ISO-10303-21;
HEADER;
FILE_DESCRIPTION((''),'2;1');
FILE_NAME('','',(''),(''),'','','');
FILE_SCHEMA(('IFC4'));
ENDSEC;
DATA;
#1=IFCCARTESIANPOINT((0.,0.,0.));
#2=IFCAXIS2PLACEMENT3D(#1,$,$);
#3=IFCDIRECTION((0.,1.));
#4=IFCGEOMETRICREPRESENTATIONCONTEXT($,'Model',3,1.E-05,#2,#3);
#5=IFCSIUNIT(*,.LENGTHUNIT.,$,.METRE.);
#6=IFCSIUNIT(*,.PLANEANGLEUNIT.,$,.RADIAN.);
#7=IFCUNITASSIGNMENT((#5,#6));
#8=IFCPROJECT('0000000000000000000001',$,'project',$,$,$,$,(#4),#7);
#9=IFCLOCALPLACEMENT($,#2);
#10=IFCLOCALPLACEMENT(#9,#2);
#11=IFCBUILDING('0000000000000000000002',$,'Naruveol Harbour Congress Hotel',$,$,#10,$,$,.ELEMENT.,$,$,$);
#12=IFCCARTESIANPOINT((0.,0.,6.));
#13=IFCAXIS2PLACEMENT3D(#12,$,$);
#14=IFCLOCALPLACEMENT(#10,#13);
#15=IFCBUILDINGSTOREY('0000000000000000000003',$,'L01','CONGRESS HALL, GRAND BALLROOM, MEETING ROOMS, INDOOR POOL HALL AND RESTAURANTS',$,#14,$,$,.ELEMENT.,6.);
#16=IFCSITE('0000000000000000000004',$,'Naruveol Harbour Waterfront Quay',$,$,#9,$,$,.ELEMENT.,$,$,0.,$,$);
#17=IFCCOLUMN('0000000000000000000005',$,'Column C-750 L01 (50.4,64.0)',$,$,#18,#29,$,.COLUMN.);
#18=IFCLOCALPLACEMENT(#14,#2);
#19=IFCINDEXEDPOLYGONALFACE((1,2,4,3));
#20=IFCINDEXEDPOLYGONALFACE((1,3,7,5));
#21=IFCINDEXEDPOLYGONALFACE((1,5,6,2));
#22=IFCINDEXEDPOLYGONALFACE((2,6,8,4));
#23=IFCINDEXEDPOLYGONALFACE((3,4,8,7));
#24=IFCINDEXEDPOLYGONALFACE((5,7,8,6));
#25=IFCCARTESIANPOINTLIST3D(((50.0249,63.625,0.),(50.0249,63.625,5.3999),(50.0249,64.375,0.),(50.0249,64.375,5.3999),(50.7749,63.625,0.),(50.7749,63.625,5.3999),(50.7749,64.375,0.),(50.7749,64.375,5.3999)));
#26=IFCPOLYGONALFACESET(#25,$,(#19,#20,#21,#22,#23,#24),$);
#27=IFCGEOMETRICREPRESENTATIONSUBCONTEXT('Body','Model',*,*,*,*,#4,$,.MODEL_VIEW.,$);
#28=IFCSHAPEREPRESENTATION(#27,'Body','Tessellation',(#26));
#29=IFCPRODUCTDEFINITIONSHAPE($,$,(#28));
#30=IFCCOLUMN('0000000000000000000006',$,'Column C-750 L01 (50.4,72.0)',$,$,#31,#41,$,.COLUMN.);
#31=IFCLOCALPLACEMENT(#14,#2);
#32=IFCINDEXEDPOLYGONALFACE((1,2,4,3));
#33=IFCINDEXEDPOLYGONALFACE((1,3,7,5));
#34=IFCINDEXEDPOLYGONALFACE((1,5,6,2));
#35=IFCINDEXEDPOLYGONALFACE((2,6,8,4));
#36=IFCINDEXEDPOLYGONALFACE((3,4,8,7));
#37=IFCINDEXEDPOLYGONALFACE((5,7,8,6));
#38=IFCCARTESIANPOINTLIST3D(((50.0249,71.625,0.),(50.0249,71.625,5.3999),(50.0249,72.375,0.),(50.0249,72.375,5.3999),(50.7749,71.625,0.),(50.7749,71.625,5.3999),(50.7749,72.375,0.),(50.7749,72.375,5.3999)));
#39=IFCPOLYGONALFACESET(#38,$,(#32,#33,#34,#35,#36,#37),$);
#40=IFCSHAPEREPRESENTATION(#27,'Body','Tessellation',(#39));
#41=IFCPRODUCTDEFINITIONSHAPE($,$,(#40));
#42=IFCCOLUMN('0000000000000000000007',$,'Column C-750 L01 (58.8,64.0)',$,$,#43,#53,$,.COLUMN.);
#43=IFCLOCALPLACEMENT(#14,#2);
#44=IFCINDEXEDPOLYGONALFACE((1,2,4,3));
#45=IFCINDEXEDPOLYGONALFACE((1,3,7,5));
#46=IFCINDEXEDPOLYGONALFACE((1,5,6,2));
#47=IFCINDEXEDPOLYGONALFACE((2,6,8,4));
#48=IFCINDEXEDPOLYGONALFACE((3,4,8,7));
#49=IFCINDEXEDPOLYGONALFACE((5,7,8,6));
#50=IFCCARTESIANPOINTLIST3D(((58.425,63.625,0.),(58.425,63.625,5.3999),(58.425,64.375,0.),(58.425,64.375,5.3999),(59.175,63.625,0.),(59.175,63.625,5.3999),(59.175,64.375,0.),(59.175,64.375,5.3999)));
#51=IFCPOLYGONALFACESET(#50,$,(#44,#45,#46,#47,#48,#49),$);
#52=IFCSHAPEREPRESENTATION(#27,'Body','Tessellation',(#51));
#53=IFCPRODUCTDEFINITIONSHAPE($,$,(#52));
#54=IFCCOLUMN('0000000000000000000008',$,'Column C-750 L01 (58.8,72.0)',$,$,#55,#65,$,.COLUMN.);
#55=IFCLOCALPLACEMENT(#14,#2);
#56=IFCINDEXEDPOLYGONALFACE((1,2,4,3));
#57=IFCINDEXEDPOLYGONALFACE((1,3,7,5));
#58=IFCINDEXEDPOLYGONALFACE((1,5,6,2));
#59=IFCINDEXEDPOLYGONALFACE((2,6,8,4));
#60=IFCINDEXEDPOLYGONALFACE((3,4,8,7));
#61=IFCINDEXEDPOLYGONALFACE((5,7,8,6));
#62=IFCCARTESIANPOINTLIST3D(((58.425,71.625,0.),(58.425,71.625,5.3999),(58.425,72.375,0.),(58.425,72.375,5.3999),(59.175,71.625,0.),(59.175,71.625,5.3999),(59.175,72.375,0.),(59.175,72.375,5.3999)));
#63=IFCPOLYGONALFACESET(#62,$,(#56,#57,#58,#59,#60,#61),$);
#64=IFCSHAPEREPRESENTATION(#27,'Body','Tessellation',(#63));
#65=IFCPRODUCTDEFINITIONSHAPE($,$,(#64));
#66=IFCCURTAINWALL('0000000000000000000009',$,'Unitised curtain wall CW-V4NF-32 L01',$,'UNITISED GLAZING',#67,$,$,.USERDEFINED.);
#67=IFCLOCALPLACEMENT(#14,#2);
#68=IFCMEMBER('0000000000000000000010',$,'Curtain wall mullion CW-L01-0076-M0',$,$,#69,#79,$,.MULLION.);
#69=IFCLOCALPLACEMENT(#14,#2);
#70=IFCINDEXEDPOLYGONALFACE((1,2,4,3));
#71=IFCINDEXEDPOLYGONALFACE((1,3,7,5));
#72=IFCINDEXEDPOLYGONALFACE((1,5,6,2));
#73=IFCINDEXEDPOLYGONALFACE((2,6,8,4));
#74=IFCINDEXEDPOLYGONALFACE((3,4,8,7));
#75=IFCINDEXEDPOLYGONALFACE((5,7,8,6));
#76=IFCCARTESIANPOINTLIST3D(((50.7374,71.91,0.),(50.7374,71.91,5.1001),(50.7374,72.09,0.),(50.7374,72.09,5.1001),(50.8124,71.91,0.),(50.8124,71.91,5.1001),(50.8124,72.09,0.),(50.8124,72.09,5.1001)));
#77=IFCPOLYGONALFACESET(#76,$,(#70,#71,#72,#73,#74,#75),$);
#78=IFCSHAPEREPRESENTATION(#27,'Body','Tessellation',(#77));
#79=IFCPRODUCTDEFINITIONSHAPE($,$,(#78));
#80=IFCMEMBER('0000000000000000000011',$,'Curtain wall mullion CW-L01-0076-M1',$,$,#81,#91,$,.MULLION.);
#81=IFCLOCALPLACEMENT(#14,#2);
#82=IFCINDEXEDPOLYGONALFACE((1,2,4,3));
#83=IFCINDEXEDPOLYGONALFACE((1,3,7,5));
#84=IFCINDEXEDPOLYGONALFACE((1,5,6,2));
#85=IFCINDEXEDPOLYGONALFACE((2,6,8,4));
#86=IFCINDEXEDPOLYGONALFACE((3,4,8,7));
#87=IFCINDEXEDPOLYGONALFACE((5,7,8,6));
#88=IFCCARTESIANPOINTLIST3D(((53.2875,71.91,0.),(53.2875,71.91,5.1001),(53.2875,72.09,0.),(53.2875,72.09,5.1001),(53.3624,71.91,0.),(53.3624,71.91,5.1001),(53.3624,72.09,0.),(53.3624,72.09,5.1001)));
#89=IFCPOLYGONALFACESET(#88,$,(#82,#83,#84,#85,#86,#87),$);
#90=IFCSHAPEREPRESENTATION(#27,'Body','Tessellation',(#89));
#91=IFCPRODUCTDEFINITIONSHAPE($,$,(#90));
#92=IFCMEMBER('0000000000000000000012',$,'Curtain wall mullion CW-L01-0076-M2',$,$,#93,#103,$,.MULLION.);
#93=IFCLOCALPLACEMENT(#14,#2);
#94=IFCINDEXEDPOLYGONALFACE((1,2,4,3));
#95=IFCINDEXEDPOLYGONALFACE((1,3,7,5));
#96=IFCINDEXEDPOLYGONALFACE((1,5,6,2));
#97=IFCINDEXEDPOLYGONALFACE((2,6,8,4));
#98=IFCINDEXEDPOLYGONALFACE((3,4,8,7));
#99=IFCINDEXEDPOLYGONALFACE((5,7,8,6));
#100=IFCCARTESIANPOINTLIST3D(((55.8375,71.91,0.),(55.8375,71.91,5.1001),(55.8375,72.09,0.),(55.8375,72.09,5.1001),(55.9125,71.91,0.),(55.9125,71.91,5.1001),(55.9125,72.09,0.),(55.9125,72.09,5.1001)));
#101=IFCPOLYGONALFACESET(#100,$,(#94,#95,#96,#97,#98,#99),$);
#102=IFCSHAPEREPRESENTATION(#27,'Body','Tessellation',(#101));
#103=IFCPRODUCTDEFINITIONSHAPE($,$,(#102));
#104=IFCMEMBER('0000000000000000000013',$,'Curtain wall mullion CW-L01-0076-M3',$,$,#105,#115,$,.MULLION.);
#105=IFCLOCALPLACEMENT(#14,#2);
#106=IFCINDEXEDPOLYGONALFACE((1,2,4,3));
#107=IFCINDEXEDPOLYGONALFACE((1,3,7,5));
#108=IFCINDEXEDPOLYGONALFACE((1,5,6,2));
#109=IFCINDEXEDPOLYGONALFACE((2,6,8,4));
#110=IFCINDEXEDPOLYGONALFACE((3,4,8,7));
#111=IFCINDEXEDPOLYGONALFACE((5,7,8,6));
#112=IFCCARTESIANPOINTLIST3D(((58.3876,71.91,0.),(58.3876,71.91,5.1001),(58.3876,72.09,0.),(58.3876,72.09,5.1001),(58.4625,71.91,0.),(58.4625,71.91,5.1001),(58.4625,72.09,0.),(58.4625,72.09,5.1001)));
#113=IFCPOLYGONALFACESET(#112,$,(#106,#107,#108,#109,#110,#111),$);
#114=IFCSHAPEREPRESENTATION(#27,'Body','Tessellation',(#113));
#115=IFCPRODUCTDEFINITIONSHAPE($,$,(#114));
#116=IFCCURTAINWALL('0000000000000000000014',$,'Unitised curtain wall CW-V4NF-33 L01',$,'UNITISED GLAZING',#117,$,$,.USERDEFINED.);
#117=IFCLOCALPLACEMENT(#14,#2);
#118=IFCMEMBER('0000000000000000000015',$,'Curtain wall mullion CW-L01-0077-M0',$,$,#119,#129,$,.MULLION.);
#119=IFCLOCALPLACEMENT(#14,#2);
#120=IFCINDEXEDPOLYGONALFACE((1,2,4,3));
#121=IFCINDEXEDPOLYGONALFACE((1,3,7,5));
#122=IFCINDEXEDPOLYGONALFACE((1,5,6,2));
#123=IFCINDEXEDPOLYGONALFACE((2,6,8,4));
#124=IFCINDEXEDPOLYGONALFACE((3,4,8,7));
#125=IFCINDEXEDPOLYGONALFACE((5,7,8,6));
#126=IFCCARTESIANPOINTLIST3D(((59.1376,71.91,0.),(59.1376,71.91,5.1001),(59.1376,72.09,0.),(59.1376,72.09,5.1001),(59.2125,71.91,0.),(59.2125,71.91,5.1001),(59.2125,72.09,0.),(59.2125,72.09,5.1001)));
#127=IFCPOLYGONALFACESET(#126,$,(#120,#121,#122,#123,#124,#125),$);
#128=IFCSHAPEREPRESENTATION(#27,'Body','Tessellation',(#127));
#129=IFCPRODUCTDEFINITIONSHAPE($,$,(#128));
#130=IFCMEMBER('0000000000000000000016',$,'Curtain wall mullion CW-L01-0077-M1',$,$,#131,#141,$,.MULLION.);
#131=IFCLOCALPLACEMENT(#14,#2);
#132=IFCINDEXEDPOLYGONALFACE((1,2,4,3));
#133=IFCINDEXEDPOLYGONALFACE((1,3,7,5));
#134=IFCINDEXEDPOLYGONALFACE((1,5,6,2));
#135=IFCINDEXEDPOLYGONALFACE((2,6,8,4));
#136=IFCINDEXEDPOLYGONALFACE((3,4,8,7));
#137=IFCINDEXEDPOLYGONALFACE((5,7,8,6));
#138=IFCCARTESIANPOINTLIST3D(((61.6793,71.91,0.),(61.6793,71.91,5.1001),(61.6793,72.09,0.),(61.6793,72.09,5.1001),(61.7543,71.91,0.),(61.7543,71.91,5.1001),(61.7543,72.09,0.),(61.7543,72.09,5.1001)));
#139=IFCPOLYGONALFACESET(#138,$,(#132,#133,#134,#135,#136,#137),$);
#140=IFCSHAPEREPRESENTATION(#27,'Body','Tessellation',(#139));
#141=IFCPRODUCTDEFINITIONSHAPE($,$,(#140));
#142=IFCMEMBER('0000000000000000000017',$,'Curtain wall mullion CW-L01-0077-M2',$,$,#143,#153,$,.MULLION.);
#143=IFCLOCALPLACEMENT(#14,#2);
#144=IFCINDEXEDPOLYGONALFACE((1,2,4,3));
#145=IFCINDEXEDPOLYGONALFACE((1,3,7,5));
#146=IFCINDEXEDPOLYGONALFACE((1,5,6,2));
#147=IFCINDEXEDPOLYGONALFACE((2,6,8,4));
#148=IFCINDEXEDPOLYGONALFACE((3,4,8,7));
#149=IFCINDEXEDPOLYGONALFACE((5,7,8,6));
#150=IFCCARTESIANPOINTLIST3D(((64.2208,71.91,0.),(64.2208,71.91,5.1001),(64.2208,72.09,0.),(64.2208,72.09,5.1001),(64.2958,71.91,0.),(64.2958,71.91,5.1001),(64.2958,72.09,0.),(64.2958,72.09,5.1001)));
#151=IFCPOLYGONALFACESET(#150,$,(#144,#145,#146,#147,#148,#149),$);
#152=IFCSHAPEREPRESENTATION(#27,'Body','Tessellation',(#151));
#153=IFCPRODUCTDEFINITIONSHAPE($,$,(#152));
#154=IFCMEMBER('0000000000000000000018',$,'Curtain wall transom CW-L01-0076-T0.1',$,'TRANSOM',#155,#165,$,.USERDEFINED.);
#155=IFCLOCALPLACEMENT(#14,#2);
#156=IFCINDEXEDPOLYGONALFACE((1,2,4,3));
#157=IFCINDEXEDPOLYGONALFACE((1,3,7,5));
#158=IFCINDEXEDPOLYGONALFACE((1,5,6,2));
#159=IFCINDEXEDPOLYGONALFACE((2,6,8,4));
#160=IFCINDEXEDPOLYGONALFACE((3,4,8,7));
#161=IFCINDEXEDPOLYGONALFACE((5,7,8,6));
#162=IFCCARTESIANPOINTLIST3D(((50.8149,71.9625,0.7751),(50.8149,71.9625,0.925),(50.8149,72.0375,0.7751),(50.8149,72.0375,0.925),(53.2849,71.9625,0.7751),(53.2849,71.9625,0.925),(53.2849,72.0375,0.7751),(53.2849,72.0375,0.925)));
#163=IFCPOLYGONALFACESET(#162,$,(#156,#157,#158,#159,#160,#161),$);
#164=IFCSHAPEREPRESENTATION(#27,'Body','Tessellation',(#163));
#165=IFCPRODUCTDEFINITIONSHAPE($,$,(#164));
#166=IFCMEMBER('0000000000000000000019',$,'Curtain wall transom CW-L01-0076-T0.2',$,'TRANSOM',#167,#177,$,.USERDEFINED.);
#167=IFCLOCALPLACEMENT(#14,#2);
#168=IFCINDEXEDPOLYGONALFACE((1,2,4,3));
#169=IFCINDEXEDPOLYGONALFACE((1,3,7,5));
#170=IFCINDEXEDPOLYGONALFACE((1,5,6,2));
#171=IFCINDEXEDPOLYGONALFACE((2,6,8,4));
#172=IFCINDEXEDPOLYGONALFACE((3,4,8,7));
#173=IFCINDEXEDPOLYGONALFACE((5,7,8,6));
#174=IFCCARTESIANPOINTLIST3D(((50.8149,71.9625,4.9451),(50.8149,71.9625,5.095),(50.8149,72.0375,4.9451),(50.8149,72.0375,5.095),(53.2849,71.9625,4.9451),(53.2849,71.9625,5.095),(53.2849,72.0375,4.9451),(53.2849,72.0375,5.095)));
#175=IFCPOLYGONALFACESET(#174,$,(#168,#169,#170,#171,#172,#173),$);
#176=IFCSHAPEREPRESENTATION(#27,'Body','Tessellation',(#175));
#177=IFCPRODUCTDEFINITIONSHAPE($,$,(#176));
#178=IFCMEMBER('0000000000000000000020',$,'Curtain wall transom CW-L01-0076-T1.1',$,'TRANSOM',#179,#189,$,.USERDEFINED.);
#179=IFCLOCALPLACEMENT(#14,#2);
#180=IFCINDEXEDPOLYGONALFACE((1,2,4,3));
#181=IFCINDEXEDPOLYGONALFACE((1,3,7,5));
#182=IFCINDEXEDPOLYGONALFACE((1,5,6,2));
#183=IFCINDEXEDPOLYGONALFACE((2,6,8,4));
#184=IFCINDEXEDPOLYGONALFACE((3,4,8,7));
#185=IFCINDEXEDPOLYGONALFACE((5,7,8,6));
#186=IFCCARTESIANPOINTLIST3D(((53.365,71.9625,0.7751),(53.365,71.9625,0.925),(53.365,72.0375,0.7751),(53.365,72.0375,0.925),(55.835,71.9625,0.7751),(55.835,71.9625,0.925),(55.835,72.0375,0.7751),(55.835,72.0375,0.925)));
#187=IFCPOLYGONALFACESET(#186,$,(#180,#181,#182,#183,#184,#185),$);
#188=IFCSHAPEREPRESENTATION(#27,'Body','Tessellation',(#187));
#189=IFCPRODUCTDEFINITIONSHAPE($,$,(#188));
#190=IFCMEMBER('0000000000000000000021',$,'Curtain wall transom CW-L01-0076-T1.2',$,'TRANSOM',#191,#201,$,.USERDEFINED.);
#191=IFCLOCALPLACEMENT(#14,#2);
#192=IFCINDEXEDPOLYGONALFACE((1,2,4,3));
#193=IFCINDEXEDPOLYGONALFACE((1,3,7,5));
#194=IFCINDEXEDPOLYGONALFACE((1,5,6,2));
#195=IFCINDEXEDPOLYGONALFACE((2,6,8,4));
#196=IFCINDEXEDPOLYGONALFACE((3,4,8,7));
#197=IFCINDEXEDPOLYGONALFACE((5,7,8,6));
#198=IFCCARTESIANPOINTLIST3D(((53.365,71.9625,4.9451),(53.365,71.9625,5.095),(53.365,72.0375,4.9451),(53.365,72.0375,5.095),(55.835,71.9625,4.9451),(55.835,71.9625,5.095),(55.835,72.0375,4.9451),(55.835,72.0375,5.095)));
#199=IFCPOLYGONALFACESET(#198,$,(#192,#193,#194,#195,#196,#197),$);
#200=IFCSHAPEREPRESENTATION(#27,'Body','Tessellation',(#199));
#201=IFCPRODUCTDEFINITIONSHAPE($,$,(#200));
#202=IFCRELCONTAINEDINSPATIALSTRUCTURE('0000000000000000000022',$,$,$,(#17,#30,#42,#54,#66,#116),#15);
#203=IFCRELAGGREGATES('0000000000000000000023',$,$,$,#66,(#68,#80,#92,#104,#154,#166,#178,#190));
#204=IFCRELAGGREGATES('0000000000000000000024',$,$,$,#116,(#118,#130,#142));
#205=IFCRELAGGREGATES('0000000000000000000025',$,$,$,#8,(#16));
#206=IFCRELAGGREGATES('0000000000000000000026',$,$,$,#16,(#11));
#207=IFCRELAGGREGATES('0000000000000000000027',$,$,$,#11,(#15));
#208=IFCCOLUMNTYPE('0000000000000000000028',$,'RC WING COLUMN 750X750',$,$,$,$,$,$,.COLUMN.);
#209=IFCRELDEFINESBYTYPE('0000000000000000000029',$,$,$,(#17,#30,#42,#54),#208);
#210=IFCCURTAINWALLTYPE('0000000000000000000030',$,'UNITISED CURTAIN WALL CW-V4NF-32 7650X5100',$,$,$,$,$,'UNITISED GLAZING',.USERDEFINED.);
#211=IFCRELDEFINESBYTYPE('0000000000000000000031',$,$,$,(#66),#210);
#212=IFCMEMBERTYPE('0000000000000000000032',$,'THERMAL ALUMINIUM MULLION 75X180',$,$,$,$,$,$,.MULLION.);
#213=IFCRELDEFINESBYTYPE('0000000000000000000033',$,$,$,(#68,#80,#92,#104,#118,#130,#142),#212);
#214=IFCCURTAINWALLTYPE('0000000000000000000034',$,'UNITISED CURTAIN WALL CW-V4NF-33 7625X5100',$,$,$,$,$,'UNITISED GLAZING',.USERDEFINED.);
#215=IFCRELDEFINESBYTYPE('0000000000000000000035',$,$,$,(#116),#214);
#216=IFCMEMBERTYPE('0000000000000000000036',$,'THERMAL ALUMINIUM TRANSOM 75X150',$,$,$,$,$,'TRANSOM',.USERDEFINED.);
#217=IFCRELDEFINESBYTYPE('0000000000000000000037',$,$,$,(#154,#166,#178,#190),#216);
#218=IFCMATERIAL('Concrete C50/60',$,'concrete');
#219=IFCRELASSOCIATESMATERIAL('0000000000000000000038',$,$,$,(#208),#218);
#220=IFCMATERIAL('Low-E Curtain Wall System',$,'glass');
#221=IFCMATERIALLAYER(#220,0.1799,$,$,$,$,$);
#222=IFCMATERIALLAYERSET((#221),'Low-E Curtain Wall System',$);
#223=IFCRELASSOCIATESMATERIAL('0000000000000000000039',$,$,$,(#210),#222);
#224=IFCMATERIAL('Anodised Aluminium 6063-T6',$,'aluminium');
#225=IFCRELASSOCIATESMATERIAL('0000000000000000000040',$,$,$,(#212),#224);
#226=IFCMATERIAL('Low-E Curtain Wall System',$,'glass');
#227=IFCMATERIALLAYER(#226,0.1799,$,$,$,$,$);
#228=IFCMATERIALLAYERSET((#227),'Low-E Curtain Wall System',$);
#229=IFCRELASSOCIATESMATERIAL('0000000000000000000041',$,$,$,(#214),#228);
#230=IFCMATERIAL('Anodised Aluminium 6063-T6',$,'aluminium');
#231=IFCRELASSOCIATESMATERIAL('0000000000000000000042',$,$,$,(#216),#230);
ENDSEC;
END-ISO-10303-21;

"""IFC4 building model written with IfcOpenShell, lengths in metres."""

from ifc_helpers import new_model, si_unit, direction, frame, origin, origin_2d, place, context, subcontext, project, spatial, rectangle, extrude, material, layer, layer_set, material_profile, profile_set, type_object, element, aggregate, save


model = new_model("IFC4")

# Units and contexts
model_context = context("Model", 3, precision=1e-05, world=origin(), true_north=direction((0.0, 1.0)))
body_context = subcontext(model_context, "Body", "Model", "MODEL_VIEW")
ifc_project = project(units=[si_unit("LENGTHUNIT", "METRE"), si_unit("PLANEANGLEUNIT", "RADIAN")], contexts=[model_context])

# Site, building, storey
site_placement = place(None, origin())
site = spatial("IfcSite", under=ifc_project, at=site_placement, Name="Naruveol Harbour Waterfront Quay", CompositionType="ELEMENT", RefElevation=0.0)
building_placement = place(site_placement, origin())
building = spatial("IfcBuilding", under=site, at=building_placement, Name="Naruveol Harbour Congress Hotel", CompositionType="ELEMENT")
storey_placement = place(building_placement, frame((0.0, 0.0, 6.0)))
storey = spatial("IfcBuildingStorey", under=building, at=storey_placement, Name="L01", Description="CONGRESS HALL, GRAND BALLROOM, MEETING ROOMS, INDOOR POOL HALL AND RESTAURANTS", CompositionType="ELEMENT", Elevation=6.0)

# Columns
ifc_material_1 = material(Name="Concrete C50/60", Category="concrete")
ifc_material_profile_1 = material_profile(ifc_material_1, rectangle(XDim=0.75, YDim=0.75, at=origin_2d()), Name="RC-750x750")
ifc_profile_set_1 = profile_set([ifc_material_profile_1], Name="Concrete C50/60")
column_type = type_object("IfcColumnType", Name="RC WING COLUMN 750X750", PredefinedType="COLUMN", material=ifc_profile_set_1)
for number, where, z_axis, x_axis, name in (
    (1, (50.3999, 64.0, 0.0), (0.0, 0.0, 1.0), (1.0, 0.0, 0.0), "Column C-750 L01 (50.4,64.0)"),
    (2, (50.3999, 72.0, 0.0), (0.0, 0.0, 1.0), (1.0, 0.0, 0.0), "Column C-750 L01 (50.4,72.0)"),
    (3, (58.8, 64.0, 0.0), (0.0, 0.0, 1.0), (1.0, 0.0, 0.0), "Column C-750 L01 (58.8,64.0)"),
    (4, (58.8, 72.0, 0.0), (0.0, 0.0, 1.0), (1.0, 0.0, 0.0), "Column C-750 L01 (58.8,72.0)"),
):
    element("IfcColumn", number, at=place(storey_placement, frame(where, z_axis=z_axis, x_axis=x_axis)), inside=storey, type_object=column_type, Name=name, PredefinedType="COLUMN", context=body_context, shape_type="SweptSolid", body=[
        extrude(rectangle(XDim=0.75, YDim=0.75, at=origin_2d()), origin(), (0.0, 0.0, 1.0), 5.3999),
    ])

# Curtain walls, members
ifc_material_2 = material(Name="Low-E Curtain Wall System", Category="glass")
ifc_layer_1 = layer(ifc_material_2, 0.1799)
ifc_layer_set_1 = layer_set([ifc_layer_1], Name="Low-E Curtain Wall System")
curtain_wall_type_1 = type_object("IfcCurtainWallType", Name="UNITISED CURTAIN WALL CW-V4NF-32 7650X5100", ElementType="UNITISED GLAZING", PredefinedType="USERDEFINED", material=ifc_layer_set_1)
curtain_wall_1_placement = place(storey_placement, origin())
curtain_wall_1 = element("IfcCurtainWall", 5, at=curtain_wall_1_placement, inside=storey, type_object=curtain_wall_type_1, Name="Unitised curtain wall CW-V4NF-32 L01", ObjectType="UNITISED GLAZING", PredefinedType="USERDEFINED")
ifc_material_3 = material(Name="Anodised Aluminium 6063-T6", Category="aluminium")
ifc_material_profile_2 = material_profile(ifc_material_3, rectangle(XDim=0.075, YDim=0.1799, at=origin_2d()), Name="ALU-75x180")
ifc_profile_set_2 = profile_set([ifc_material_profile_2], Name="Anodised Aluminium 6063-T6")
member_type_1 = type_object("IfcMemberType", Name="THERMAL ALUMINIUM MULLION 75X180", PredefinedType="MULLION", material=ifc_profile_set_2)
member_1_placement = place(storey_placement, frame((50.7749, 72.0, 0.0), z_axis=(0.0, 0.0, 1.0), x_axis=(1.0, 0.0, 0.0)))
member_1 = element("IfcMember", 6, at=member_1_placement, type_object=member_type_1, Name="Curtain wall mullion CW-L01-0076-M0", PredefinedType="MULLION", context=body_context, shape_type="SweptSolid", body=[
    extrude(rectangle(XDim=0.075, YDim=0.1799, at=origin_2d()), origin(), (0.0, 0.0, 1.0), 5.1001),
])
member_2_placement = place(storey_placement, frame((53.325, 72.0, 0.0), z_axis=(0.0, 0.0, 1.0), x_axis=(1.0, 0.0, 0.0)))
member_2 = element("IfcMember", 7, at=member_2_placement, type_object=member_type_1, Name="Curtain wall mullion CW-L01-0076-M1", PredefinedType="MULLION", context=body_context, shape_type="SweptSolid", body=[
    extrude(rectangle(XDim=0.075, YDim=0.1799, at=origin_2d()), origin(), (0.0, 0.0, 1.0), 5.1001),
])
member_3_placement = place(storey_placement, frame((55.875, 72.0, 0.0), z_axis=(0.0, 0.0, 1.0), x_axis=(1.0, 0.0, 0.0)))
member_3 = element("IfcMember", 8, at=member_3_placement, type_object=member_type_1, Name="Curtain wall mullion CW-L01-0076-M2", PredefinedType="MULLION", context=body_context, shape_type="SweptSolid", body=[
    extrude(rectangle(XDim=0.075, YDim=0.1799, at=origin_2d()), origin(), (0.0, 0.0, 1.0), 5.1001),
])
member_4_placement = place(storey_placement, frame((58.425, 72.0, 0.0), z_axis=(0.0, 0.0, 1.0), x_axis=(1.0, 0.0, 0.0)))
member_4 = element("IfcMember", 9, at=member_4_placement, type_object=member_type_1, Name="Curtain wall mullion CW-L01-0076-M3", PredefinedType="MULLION", context=body_context, shape_type="SweptSolid", body=[
    extrude(rectangle(XDim=0.075, YDim=0.1799, at=origin_2d()), origin(), (0.0, 0.0, 1.0), 5.1001),
])
ifc_material_4 = material(Name="Low-E Curtain Wall System", Category="glass")
ifc_layer_2 = layer(ifc_material_4, 0.1799)
ifc_layer_set_2 = layer_set([ifc_layer_2], Name="Low-E Curtain Wall System")
curtain_wall_type_2 = type_object("IfcCurtainWallType", Name="UNITISED CURTAIN WALL CW-V4NF-33 7625X5100", ElementType="UNITISED GLAZING", PredefinedType="USERDEFINED", material=ifc_layer_set_2)
curtain_wall_2_placement = place(storey_placement, origin())
curtain_wall_2 = element("IfcCurtainWall", 10, at=curtain_wall_2_placement, inside=storey, type_object=curtain_wall_type_2, Name="Unitised curtain wall CW-V4NF-33 L01", ObjectType="UNITISED GLAZING", PredefinedType="USERDEFINED")
member_5_placement = place(storey_placement, frame((59.175, 72.0, 0.0), z_axis=(0.0, 0.0, 1.0), x_axis=(1.0, 0.0, 0.0)))
member_5 = element("IfcMember", 11, at=member_5_placement, type_object=member_type_1, Name="Curtain wall mullion CW-L01-0077-M0", PredefinedType="MULLION", context=body_context, shape_type="SweptSolid", body=[
    extrude(rectangle(XDim=0.075, YDim=0.1799, at=origin_2d()), origin(), (0.0, 0.0, 1.0), 5.1001),
])
member_6_placement = place(storey_placement, frame((61.7168, 72.0, 0.0), z_axis=(0.0, 0.0, 1.0), x_axis=(1.0, 0.0, 0.0)))
member_6 = element("IfcMember", 12, at=member_6_placement, type_object=member_type_1, Name="Curtain wall mullion CW-L01-0077-M1", PredefinedType="MULLION", context=body_context, shape_type="SweptSolid", body=[
    extrude(rectangle(XDim=0.075, YDim=0.1799, at=origin_2d()), origin(), (0.0, 0.0, 1.0), 5.1001),
])
member_7_placement = place(storey_placement, frame((64.2583, 72.0, 0.0), z_axis=(0.0, 0.0, 1.0), x_axis=(1.0, 0.0, 0.0)))
member_7 = element("IfcMember", 13, at=member_7_placement, type_object=member_type_1, Name="Curtain wall mullion CW-L01-0077-M2", PredefinedType="MULLION", context=body_context, shape_type="SweptSolid", body=[
    extrude(rectangle(XDim=0.075, YDim=0.1799, at=origin_2d()), origin(), (0.0, 0.0, 1.0), 5.1001),
])

# Members
ifc_material_5 = material(Name="Anodised Aluminium 6063-T6", Category="aluminium")
ifc_material_profile_3 = material_profile(ifc_material_5, rectangle(XDim=0.075, YDim=0.1499, at=origin_2d()), Name="ALU-75x150")
ifc_profile_set_3 = profile_set([ifc_material_profile_3], Name="Anodised Aluminium 6063-T6")
member_type_2 = type_object("IfcMemberType", Name="THERMAL ALUMINIUM TRANSOM 75X150", ElementType="TRANSOM", PredefinedType="USERDEFINED", material=ifc_profile_set_3)
member_8_placement = place(storey_placement, frame((50.8149, 72.0, 0.8501), z_axis=(1.0, 0.0, 0.0), x_axis=(0.0, 1.0, 0.0)))
member_8 = element("IfcMember", 14, at=member_8_placement, type_object=member_type_2, Name="Curtain wall transom CW-L01-0076-T0.1", ObjectType="TRANSOM", PredefinedType="USERDEFINED", context=body_context, shape_type="SweptSolid", body=[
    extrude(rectangle(XDim=0.075, YDim=0.1499, at=origin_2d()), origin(), (0.0, 0.0, 1.0), 2.47),
])
member_9_placement = place(storey_placement, frame((50.8149, 72.0, 5.02), z_axis=(1.0, 0.0, 0.0), x_axis=(0.0, 1.0, 0.0)))
member_9 = element("IfcMember", 15, at=member_9_placement, type_object=member_type_2, Name="Curtain wall transom CW-L01-0076-T0.2", ObjectType="TRANSOM", PredefinedType="USERDEFINED", context=body_context, shape_type="SweptSolid", body=[
    extrude(rectangle(XDim=0.075, YDim=0.1499, at=origin_2d()), origin(), (0.0, 0.0, 1.0), 2.47),
])
member_10_placement = place(storey_placement, frame((53.365, 72.0, 0.8501), z_axis=(1.0, 0.0, 0.0), x_axis=(0.0, 1.0, 0.0)))
member_10 = element("IfcMember", 16, at=member_10_placement, type_object=member_type_2, Name="Curtain wall transom CW-L01-0076-T1.1", ObjectType="TRANSOM", PredefinedType="USERDEFINED", context=body_context, shape_type="SweptSolid", body=[
    extrude(rectangle(XDim=0.075, YDim=0.1499, at=origin_2d()), origin(), (0.0, 0.0, 1.0), 2.47),
])
member_11_placement = place(storey_placement, frame((53.365, 72.0, 5.02), z_axis=(1.0, 0.0, 0.0), x_axis=(0.0, 1.0, 0.0)))
member_11 = element("IfcMember", 17, at=member_11_placement, type_object=member_type_2, Name="Curtain wall transom CW-L01-0076-T1.2", ObjectType="TRANSOM", PredefinedType="USERDEFINED", context=body_context, shape_type="SweptSolid", body=[
    extrude(rectangle(XDim=0.075, YDim=0.1499, at=origin_2d()), origin(), (0.0, 0.0, 1.0), 2.47),
])

aggregate(curtain_wall_1, [member_1, member_2, member_3, member_4, member_8, member_9, member_10, member_11])
aggregate(curtain_wall_2, [member_5, member_6, member_7])

save(model, "model.ifc")
